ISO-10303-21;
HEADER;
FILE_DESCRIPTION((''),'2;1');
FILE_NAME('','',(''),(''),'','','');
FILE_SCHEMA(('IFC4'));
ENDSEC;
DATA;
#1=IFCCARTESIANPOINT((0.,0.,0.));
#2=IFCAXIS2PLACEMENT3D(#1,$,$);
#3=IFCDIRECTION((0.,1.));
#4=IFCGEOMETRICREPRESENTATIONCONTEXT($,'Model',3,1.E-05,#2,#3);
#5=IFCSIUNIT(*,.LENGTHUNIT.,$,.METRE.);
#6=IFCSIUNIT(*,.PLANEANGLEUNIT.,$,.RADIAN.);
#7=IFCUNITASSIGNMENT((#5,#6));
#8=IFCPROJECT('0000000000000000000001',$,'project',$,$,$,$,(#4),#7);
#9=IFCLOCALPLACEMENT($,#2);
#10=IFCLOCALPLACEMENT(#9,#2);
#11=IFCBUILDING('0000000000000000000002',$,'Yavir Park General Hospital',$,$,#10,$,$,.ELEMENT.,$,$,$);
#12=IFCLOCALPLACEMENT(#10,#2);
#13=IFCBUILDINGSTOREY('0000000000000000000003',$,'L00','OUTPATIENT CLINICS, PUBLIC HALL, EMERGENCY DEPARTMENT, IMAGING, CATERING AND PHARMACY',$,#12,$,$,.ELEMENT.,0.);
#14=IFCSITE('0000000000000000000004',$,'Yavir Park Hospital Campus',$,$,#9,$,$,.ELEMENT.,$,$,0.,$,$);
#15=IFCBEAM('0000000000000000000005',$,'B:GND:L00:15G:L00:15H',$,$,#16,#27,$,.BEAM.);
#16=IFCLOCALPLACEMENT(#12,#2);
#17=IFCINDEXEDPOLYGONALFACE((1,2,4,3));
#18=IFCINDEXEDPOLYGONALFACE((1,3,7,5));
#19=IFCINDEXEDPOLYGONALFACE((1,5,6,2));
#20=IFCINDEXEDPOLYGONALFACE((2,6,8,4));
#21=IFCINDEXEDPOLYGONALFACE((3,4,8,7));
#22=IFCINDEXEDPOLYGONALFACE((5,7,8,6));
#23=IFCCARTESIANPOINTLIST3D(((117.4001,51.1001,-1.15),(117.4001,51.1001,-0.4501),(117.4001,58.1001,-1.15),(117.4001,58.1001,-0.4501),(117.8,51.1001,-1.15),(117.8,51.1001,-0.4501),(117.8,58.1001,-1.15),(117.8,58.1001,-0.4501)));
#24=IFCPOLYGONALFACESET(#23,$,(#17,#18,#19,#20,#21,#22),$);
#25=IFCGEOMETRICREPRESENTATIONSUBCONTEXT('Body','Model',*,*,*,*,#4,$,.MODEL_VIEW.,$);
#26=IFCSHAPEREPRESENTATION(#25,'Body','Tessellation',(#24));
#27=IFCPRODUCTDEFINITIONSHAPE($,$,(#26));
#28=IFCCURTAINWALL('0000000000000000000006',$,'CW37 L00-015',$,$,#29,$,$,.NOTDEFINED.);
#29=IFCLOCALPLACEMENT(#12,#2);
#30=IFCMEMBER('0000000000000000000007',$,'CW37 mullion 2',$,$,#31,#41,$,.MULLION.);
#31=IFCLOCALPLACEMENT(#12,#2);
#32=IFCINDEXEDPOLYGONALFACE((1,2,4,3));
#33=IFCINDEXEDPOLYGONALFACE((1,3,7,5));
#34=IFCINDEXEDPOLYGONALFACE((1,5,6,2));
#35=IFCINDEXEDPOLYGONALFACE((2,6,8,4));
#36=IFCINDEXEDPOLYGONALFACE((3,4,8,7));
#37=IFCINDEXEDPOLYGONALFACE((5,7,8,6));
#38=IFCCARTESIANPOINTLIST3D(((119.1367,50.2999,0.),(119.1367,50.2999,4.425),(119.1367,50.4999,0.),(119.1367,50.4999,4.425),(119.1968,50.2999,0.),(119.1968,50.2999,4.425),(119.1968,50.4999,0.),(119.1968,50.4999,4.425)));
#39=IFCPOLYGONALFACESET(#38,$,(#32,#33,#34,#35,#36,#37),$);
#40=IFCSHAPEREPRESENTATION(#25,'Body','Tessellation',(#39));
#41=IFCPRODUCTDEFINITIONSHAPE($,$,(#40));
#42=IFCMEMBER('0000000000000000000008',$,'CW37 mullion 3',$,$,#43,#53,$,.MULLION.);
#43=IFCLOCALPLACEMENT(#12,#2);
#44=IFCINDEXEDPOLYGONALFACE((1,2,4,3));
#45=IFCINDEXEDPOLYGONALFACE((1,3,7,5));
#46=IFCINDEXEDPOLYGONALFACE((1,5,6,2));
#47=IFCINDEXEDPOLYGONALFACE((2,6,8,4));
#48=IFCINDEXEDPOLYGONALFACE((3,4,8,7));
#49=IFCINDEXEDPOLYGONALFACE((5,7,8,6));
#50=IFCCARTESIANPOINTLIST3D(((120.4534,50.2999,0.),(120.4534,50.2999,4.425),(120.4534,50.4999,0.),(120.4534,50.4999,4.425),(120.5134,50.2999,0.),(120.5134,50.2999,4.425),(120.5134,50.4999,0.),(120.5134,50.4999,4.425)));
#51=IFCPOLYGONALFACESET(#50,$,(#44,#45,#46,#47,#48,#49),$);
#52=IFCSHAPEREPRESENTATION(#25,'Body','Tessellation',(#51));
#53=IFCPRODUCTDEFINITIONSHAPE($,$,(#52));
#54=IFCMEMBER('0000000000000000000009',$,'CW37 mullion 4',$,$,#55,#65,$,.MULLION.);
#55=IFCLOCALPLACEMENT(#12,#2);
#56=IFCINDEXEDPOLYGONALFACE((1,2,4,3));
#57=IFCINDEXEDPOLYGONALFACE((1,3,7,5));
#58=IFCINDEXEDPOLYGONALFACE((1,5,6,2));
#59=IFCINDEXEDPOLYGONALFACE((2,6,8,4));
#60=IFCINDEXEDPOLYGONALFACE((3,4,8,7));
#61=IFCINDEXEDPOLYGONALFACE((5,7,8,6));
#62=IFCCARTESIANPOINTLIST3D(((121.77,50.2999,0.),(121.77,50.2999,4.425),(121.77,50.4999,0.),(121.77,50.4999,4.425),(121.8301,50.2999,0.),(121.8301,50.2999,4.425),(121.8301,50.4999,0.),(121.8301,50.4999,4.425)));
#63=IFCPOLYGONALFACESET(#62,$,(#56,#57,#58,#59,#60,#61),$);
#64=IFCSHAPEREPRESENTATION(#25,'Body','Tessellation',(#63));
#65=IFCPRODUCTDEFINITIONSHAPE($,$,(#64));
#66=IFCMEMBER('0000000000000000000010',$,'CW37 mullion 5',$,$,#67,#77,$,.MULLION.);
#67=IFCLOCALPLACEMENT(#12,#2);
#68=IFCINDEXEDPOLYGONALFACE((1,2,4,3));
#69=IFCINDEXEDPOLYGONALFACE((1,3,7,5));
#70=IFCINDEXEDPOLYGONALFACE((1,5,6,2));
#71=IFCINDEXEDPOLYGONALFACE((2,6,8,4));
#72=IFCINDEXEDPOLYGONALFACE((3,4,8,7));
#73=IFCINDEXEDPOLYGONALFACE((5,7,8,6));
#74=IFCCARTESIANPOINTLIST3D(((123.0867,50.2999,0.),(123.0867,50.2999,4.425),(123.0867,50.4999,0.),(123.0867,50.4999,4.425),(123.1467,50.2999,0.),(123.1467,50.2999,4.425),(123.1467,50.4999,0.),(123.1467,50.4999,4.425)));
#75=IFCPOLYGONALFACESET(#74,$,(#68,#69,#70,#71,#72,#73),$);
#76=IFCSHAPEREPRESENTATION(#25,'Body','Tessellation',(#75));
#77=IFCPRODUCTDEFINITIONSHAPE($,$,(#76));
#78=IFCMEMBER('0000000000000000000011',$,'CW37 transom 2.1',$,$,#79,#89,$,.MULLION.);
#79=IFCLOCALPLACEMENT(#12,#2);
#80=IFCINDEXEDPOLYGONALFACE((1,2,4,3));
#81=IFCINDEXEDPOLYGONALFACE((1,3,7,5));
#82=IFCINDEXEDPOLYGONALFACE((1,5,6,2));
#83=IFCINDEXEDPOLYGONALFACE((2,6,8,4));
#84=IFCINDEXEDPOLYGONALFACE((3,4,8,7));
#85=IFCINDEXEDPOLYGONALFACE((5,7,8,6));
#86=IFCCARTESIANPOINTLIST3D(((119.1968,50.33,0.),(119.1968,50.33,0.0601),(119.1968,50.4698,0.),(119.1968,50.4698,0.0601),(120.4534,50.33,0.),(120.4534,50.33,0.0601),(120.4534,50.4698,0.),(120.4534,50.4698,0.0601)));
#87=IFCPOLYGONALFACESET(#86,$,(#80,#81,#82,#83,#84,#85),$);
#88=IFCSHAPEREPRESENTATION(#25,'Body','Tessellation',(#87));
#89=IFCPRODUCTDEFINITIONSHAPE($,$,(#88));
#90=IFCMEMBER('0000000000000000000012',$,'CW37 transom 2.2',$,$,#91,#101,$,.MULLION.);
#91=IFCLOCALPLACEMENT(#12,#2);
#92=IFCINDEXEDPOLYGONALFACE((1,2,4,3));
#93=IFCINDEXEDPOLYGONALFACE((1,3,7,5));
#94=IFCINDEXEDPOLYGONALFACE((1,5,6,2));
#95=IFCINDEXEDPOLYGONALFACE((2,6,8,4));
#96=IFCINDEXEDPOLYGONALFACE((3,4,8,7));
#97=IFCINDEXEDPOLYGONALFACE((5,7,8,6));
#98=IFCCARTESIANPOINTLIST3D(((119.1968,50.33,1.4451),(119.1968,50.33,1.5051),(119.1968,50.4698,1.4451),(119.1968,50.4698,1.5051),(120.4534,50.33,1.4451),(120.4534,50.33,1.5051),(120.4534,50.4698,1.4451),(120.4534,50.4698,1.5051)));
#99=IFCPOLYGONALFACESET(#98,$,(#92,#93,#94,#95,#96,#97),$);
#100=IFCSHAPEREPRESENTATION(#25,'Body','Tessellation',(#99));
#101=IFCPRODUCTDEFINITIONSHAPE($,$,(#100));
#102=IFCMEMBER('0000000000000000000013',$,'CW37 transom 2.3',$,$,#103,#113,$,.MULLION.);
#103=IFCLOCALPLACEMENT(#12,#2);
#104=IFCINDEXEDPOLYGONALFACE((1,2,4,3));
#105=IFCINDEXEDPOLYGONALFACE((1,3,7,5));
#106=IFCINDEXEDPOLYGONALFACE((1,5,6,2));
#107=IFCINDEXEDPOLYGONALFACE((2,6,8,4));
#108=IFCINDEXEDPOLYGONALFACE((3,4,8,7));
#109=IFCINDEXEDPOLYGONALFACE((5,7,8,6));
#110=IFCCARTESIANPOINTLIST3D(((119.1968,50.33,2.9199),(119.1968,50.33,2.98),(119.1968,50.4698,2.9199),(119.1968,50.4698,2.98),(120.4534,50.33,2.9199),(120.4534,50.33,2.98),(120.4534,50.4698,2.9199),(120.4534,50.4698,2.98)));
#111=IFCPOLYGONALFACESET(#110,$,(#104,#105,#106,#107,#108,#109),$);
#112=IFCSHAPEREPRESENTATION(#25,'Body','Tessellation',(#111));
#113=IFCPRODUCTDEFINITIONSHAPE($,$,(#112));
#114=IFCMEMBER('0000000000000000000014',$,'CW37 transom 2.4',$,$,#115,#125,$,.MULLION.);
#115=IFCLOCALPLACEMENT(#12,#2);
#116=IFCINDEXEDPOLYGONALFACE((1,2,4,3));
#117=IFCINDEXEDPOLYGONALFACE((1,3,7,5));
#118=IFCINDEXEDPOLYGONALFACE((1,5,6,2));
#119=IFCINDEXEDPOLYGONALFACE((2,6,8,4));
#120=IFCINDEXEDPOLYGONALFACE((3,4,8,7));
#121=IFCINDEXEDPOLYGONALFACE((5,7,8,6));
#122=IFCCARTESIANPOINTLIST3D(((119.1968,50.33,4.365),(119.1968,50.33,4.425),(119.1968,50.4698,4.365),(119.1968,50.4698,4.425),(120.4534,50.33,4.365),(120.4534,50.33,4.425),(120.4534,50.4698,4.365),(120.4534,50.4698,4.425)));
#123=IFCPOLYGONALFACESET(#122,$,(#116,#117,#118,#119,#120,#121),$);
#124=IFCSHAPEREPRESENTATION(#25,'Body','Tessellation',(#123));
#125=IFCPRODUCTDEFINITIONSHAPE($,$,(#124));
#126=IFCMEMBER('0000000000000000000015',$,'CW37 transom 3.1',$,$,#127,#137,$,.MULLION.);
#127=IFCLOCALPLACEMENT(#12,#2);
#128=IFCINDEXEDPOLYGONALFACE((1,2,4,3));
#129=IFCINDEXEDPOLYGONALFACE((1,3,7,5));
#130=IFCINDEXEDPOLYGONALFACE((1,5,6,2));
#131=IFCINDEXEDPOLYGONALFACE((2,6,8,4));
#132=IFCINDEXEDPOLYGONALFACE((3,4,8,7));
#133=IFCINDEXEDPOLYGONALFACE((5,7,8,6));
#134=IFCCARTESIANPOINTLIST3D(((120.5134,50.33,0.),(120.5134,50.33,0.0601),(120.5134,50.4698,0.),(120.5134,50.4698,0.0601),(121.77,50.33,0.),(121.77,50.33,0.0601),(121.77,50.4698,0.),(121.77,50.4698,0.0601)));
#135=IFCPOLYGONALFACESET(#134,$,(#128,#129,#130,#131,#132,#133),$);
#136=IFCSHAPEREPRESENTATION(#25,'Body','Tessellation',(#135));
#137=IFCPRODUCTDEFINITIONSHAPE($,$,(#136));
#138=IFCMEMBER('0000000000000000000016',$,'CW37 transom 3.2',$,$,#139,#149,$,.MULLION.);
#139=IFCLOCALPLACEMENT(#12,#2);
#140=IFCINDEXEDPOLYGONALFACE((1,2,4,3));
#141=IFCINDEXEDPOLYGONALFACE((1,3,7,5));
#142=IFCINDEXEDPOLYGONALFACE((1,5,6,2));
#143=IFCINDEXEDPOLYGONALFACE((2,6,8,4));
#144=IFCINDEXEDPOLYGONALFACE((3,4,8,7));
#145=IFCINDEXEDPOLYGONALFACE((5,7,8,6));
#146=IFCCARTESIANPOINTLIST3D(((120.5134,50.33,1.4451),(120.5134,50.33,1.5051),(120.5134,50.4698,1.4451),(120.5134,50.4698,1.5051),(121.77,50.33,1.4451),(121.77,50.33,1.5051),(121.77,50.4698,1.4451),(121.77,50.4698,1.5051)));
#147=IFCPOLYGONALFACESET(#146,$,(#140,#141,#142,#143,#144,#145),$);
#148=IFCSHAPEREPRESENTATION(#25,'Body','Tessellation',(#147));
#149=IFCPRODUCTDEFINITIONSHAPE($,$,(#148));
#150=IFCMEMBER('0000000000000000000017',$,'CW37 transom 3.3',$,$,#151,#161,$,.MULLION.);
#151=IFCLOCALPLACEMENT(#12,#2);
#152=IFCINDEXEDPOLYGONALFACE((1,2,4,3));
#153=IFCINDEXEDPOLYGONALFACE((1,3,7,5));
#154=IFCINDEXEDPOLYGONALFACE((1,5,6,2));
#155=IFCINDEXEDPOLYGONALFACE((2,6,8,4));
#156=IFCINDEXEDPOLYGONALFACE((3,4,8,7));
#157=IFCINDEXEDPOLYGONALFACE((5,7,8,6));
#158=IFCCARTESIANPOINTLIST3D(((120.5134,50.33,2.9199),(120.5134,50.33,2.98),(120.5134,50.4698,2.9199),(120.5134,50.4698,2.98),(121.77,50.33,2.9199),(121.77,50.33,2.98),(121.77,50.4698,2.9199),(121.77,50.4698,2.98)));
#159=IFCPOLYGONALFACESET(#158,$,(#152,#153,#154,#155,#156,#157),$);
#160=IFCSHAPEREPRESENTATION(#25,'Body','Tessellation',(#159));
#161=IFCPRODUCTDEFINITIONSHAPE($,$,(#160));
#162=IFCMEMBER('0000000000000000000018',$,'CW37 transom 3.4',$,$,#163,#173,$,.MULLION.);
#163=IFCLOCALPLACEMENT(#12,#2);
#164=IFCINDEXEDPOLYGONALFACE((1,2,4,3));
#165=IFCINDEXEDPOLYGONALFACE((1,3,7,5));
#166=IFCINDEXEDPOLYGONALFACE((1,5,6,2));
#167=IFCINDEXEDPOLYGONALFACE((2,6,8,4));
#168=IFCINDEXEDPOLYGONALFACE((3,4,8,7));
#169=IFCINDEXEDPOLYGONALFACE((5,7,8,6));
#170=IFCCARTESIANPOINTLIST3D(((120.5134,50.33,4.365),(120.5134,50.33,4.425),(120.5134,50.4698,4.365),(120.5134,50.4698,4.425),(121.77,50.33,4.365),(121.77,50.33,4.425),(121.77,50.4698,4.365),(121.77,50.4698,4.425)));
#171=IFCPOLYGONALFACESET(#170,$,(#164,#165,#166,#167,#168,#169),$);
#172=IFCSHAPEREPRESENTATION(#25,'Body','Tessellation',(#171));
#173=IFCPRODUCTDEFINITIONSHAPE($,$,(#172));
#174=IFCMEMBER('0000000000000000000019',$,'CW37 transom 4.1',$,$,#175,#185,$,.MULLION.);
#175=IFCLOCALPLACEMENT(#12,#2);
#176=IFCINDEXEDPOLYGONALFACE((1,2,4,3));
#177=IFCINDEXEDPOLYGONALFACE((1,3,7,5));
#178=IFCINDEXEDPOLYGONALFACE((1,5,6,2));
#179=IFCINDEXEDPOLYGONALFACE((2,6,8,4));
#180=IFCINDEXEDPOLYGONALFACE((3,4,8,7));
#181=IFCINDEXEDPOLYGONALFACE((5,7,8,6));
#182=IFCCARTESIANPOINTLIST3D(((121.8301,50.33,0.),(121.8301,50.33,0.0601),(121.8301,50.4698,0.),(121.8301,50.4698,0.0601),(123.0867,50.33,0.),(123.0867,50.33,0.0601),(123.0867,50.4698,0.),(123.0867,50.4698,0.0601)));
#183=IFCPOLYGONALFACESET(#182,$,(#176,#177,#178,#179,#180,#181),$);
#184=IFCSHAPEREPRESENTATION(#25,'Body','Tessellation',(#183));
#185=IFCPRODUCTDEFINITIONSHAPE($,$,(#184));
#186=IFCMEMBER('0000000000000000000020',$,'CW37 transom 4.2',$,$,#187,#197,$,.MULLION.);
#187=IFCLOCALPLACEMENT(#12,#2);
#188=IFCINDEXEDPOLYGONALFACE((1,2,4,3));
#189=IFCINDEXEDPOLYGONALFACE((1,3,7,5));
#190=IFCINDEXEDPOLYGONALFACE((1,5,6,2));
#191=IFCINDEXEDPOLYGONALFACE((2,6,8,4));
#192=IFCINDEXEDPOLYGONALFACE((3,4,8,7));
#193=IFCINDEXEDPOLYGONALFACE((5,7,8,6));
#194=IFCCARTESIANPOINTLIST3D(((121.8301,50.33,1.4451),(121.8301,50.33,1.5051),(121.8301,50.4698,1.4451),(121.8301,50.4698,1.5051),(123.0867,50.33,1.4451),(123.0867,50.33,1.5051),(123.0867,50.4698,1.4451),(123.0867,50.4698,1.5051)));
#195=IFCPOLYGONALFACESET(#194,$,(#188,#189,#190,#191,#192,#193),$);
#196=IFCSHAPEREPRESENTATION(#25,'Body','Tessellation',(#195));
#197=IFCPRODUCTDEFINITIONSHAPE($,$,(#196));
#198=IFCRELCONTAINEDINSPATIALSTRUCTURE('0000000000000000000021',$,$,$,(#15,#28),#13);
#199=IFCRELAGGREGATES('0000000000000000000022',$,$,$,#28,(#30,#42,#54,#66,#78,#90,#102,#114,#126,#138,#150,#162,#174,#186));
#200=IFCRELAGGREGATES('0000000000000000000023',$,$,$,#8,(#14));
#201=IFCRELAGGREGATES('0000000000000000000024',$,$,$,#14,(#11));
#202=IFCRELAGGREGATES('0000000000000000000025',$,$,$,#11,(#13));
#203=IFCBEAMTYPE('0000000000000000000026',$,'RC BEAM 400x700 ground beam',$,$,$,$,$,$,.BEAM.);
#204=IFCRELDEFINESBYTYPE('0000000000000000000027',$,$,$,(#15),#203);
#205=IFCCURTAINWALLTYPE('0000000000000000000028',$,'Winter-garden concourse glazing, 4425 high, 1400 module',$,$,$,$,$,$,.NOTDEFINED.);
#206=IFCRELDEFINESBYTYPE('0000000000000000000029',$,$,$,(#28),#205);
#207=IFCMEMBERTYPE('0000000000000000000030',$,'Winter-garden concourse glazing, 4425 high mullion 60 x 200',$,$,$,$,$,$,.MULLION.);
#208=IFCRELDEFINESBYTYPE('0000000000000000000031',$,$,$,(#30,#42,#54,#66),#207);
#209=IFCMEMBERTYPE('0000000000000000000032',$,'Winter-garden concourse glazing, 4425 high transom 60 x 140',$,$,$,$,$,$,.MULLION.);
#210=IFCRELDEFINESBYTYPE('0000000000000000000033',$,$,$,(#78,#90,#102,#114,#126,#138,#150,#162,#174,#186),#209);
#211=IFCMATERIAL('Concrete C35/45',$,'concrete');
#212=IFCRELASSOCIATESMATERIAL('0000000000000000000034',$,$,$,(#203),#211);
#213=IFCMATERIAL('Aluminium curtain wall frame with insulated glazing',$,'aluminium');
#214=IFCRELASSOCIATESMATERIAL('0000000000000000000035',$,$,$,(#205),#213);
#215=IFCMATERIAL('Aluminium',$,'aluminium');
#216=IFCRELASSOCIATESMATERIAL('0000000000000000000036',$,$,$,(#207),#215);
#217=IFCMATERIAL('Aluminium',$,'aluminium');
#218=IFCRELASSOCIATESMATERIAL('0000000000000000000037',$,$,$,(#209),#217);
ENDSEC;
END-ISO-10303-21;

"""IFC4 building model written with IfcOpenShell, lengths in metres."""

from ifc_helpers import new_model, si_unit, direction, frame, origin, origin_2d, place, context, subcontext, project, spatial, rectangle, extrude, material, material_profile, profile_set, type_object, element, aggregate, save


model = new_model("IFC4")

# Units and contexts
model_context = context("Model", 3, precision=1e-05, world=origin(), true_north=direction((0.0, 1.0)))
body_context = subcontext(model_context, "Body", "Model", "MODEL_VIEW")
ifc_project = project(units=[si_unit("LENGTHUNIT", "METRE"), si_unit("PLANEANGLEUNIT", "RADIAN")], contexts=[model_context])

# Site, building, storey
site_placement = place(None, origin())
site = spatial("IfcSite", under=ifc_project, at=site_placement, Name="Yavir Park Hospital Campus", CompositionType="ELEMENT", RefElevation=0.0)
building_placement = place(site_placement, origin())
building = spatial("IfcBuilding", under=site, at=building_placement, Name="Yavir Park General Hospital", CompositionType="ELEMENT")
storey_placement = place(building_placement, origin())
storey = spatial("IfcBuildingStorey", under=building, at=storey_placement, Name="L00", Description="OUTPATIENT CLINICS, PUBLIC HALL, EMERGENCY DEPARTMENT, IMAGING, CATERING AND PHARMACY", CompositionType="ELEMENT", Elevation=0.0)

# Beam
ifc_material_1 = material(Name="Concrete C35/45", Category="concrete")
ifc_material_profile_1 = material_profile(ifc_material_1, rectangle(XDim=0.3999, YDim=0.7, at=origin_2d()), Name="RC400x700")
ifc_profile_set_1 = profile_set([ifc_material_profile_1], Name="Concrete C35/45")
beam_type_1 = type_object("IfcBeamType", Name="RC BEAM 400x700 ground beam", PredefinedType="BEAM", material=ifc_profile_set_1)
beam_1_placement = place(storey_placement, frame((117.6001, 51.1001, -0.8), z_axis=(0.0, 1.0, 0.0), x_axis=(-1.0, 0.0, 0.0)))
element("IfcBeam", 1, at=beam_1_placement, inside=storey, type_object=beam_type_1, Name="B:GND:L00:15G:L00:15H", PredefinedType="BEAM", context=body_context, shape_type="SweptSolid", body=[
    extrude(rectangle(XDim=0.3999, YDim=0.7, at=origin_2d()), origin(), (0.0, 0.0, 1.0), 7.0),
])

# Curtain wall, members
ifc_material_2 = material(Name="Aluminium curtain wall frame with insulated glazing", Category="aluminium")
curtain_wall_type = type_object("IfcCurtainWallType", Name="Winter-garden concourse glazing, 4425 high, 1400 module", PredefinedType="NOTDEFINED", material=ifc_material_2)
curtain_wall_placement = place(storey_placement, origin())
curtain_wall = element("IfcCurtainWall", 2, at=curtain_wall_placement, inside=storey, type_object=curtain_wall_type, Name="CW37 L00-015", PredefinedType="NOTDEFINED")
ifc_material_3 = material(Name="Aluminium", Category="aluminium")
ifc_material_profile_2 = material_profile(ifc_material_3, rectangle(XDim=0.2, YDim=0.0601, at=origin_2d()), Name="AL 60x200")
ifc_profile_set_2 = profile_set([ifc_material_profile_2], Name="Aluminium")
member_type_1 = type_object("IfcMemberType", Name="Winter-garden concourse glazing, 4425 high mullion 60 x 200", PredefinedType="MULLION", material=ifc_profile_set_2)
member_1_placement = place(storey_placement, frame((119.1667, 50.3999, 0.0), z_axis=(0.0, 0.0, 1.0), x_axis=(0.0, 1.0, 0.0)))
member_1 = element("IfcMember", 3, at=member_1_placement, type_object=member_type_1, Name="CW37 mullion 2", PredefinedType="MULLION", context=body_context, shape_type="SweptSolid", body=[
    extrude(rectangle(XDim=0.2, YDim=0.0601, at=origin_2d()), origin(), (0.0, 0.0, 1.0), 4.425),
])
member_2_placement = place(storey_placement, frame((120.4834, 50.3999, 0.0), z_axis=(0.0, 0.0, 1.0), x_axis=(0.0, 1.0, 0.0)))
member_2 = element("IfcMember", 4, at=member_2_placement, type_object=member_type_1, Name="CW37 mullion 3", PredefinedType="MULLION", context=body_context, shape_type="SweptSolid", body=[
    extrude(rectangle(XDim=0.2, YDim=0.0601, at=origin_2d()), origin(), (0.0, 0.0, 1.0), 4.425),
])
member_3_placement = place(storey_placement, frame((121.8, 50.3999, 0.0), z_axis=(0.0, 0.0, 1.0), x_axis=(0.0, 1.0, 0.0)))
member_3 = element("IfcMember", 5, at=member_3_placement, type_object=member_type_1, Name="CW37 mullion 4", PredefinedType="MULLION", context=body_context, shape_type="SweptSolid", body=[
    extrude(rectangle(XDim=0.2, YDim=0.0601, at=origin_2d()), origin(), (0.0, 0.0, 1.0), 4.425),
])
member_4_placement = place(storey_placement, frame((123.1167, 50.3999, 0.0), z_axis=(0.0, 0.0, 1.0), x_axis=(0.0, 1.0, 0.0)))
member_4 = element("IfcMember", 6, at=member_4_placement, type_object=member_type_1, Name="CW37 mullion 5", PredefinedType="MULLION", context=body_context, shape_type="SweptSolid", body=[
    extrude(rectangle(XDim=0.2, YDim=0.0601, at=origin_2d()), origin(), (0.0, 0.0, 1.0), 4.425),
])
ifc_material_4 = material(Name="Aluminium", Category="aluminium")
ifc_material_profile_3 = material_profile(ifc_material_4, rectangle(XDim=0.1399, YDim=0.0601, at=origin_2d()), Name="AL 140x60")
ifc_profile_set_3 = profile_set([ifc_material_profile_3], Name="Aluminium")
member_type_2 = type_object("IfcMemberType", Name="Winter-garden concourse glazing, 4425 high transom 60 x 140", PredefinedType="MULLION", material=ifc_profile_set_3)
member_5_placement = place(storey_placement, frame((119.1968, 50.3999, 0.03), z_axis=(1.0, 0.0, 0.0), x_axis=(0.0, 1.0, 0.0)))
member_5 = element("IfcMember", 7, at=member_5_placement, type_object=member_type_2, Name="CW37 transom 2.1", PredefinedType="MULLION", context=body_context, shape_type="SweptSolid", body=[
    extrude(rectangle(XDim=0.1399, YDim=0.0601, at=origin_2d()), origin(), (0.0, 0.0, 1.0), 1.2566),
])
member_6_placement = place(storey_placement, frame((119.1968, 50.3999, 1.4751), z_axis=(1.0, 0.0, 0.0), x_axis=(0.0, 1.0, 0.0)))
member_6 = element("IfcMember", 8, at=member_6_placement, type_object=member_type_2, Name="CW37 transom 2.2", PredefinedType="MULLION", context=body_context, shape_type="SweptSolid", body=[
    extrude(rectangle(XDim=0.1399, YDim=0.0601, at=origin_2d()), origin(), (0.0, 0.0, 1.0), 1.2566),
])
member_7_placement = place(storey_placement, frame((119.1968, 50.3999, 2.95), z_axis=(1.0, 0.0, 0.0), x_axis=(0.0, 1.0, 0.0)))
member_7 = element("IfcMember", 9, at=member_7_placement, type_object=member_type_2, Name="CW37 transom 2.3", PredefinedType="MULLION", context=body_context, shape_type="SweptSolid", body=[
    extrude(rectangle(XDim=0.1399, YDim=0.0601, at=origin_2d()), origin(), (0.0, 0.0, 1.0), 1.2566),
])
member_8_placement = place(storey_placement, frame((119.1968, 50.3999, 4.395), z_axis=(1.0, 0.0, 0.0), x_axis=(0.0, 1.0, 0.0)))
member_8 = element("IfcMember", 10, at=member_8_placement, type_object=member_type_2, Name="CW37 transom 2.4", PredefinedType="MULLION", context=body_context, shape_type="SweptSolid", body=[
    extrude(rectangle(XDim=0.1399, YDim=0.0601, at=origin_2d()), origin(), (0.0, 0.0, 1.0), 1.2566),
])
member_9_placement = place(storey_placement, frame((120.5134, 50.3999, 0.03), z_axis=(1.0, 0.0, 0.0), x_axis=(0.0, 1.0, 0.0)))
member_9 = element("IfcMember", 11, at=member_9_placement, type_object=member_type_2, Name="CW37 transom 3.1", PredefinedType="MULLION", context=body_context, shape_type="SweptSolid", body=[
    extrude(rectangle(XDim=0.1399, YDim=0.0601, at=origin_2d()), origin(), (0.0, 0.0, 1.0), 1.2566),
])
member_10_placement = place(storey_placement, frame((120.5134, 50.3999, 1.4751), z_axis=(1.0, 0.0, 0.0), x_axis=(0.0, 1.0, 0.0)))
member_10 = element("IfcMember", 12, at=member_10_placement, type_object=member_type_2, Name="CW37 transom 3.2", PredefinedType="MULLION", context=body_context, shape_type="SweptSolid", body=[
    extrude(rectangle(XDim=0.1399, YDim=0.0601, at=origin_2d()), origin(), (0.0, 0.0, 1.0), 1.2566),
])
member_11_placement = place(storey_placement, frame((120.5134, 50.3999, 2.95), z_axis=(1.0, 0.0, 0.0), x_axis=(0.0, 1.0, 0.0)))
member_11 = element("IfcMember", 13, at=member_11_placement, type_object=member_type_2, Name="CW37 transom 3.3", PredefinedType="MULLION", context=body_context, shape_type="SweptSolid", body=[
    extrude(rectangle(XDim=0.1399, YDim=0.0601, at=origin_2d()), origin(), (0.0, 0.0, 1.0), 1.2566),
])
member_12_placement = place(storey_placement, frame((120.5134, 50.3999, 4.395), z_axis=(1.0, 0.0, 0.0), x_axis=(0.0, 1.0, 0.0)))
member_12 = element("IfcMember", 14, at=member_12_placement, type_object=member_type_2, Name="CW37 transom 3.4", PredefinedType="MULLION", context=body_context, shape_type="SweptSolid", body=[
    extrude(rectangle(XDim=0.1399, YDim=0.0601, at=origin_2d()), origin(), (0.0, 0.0, 1.0), 1.2566),
])
member_13_placement = place(storey_placement, frame((121.8301, 50.3999, 0.03), z_axis=(1.0, 0.0, 0.0), x_axis=(0.0, 1.0, 0.0)))
member_13 = element("IfcMember", 15, at=member_13_placement, type_object=member_type_2, Name="CW37 transom 4.1", PredefinedType="MULLION", context=body_context, shape_type="SweptSolid", body=[
    extrude(rectangle(XDim=0.1399, YDim=0.0601, at=origin_2d()), origin(), (0.0, 0.0, 1.0), 1.2566),
])
member_14_placement = place(storey_placement, frame((121.8301, 50.3999, 1.4751), z_axis=(1.0, 0.0, 0.0), x_axis=(0.0, 1.0, 0.0)))
member_14 = element("IfcMember", 16, at=member_14_placement, type_object=member_type_2, Name="CW37 transom 4.2", PredefinedType="MULLION", context=body_context, shape_type="SweptSolid", body=[
    extrude(rectangle(XDim=0.1399, YDim=0.0601, at=origin_2d()), origin(), (0.0, 0.0, 1.0), 1.2566),
])
aggregate(curtain_wall, [member_1, member_2, member_3, member_4, member_5, member_6, member_7, member_8, member_9, member_10, member_11, member_12, member_13, member_14])

save(model, "model.ifc")
